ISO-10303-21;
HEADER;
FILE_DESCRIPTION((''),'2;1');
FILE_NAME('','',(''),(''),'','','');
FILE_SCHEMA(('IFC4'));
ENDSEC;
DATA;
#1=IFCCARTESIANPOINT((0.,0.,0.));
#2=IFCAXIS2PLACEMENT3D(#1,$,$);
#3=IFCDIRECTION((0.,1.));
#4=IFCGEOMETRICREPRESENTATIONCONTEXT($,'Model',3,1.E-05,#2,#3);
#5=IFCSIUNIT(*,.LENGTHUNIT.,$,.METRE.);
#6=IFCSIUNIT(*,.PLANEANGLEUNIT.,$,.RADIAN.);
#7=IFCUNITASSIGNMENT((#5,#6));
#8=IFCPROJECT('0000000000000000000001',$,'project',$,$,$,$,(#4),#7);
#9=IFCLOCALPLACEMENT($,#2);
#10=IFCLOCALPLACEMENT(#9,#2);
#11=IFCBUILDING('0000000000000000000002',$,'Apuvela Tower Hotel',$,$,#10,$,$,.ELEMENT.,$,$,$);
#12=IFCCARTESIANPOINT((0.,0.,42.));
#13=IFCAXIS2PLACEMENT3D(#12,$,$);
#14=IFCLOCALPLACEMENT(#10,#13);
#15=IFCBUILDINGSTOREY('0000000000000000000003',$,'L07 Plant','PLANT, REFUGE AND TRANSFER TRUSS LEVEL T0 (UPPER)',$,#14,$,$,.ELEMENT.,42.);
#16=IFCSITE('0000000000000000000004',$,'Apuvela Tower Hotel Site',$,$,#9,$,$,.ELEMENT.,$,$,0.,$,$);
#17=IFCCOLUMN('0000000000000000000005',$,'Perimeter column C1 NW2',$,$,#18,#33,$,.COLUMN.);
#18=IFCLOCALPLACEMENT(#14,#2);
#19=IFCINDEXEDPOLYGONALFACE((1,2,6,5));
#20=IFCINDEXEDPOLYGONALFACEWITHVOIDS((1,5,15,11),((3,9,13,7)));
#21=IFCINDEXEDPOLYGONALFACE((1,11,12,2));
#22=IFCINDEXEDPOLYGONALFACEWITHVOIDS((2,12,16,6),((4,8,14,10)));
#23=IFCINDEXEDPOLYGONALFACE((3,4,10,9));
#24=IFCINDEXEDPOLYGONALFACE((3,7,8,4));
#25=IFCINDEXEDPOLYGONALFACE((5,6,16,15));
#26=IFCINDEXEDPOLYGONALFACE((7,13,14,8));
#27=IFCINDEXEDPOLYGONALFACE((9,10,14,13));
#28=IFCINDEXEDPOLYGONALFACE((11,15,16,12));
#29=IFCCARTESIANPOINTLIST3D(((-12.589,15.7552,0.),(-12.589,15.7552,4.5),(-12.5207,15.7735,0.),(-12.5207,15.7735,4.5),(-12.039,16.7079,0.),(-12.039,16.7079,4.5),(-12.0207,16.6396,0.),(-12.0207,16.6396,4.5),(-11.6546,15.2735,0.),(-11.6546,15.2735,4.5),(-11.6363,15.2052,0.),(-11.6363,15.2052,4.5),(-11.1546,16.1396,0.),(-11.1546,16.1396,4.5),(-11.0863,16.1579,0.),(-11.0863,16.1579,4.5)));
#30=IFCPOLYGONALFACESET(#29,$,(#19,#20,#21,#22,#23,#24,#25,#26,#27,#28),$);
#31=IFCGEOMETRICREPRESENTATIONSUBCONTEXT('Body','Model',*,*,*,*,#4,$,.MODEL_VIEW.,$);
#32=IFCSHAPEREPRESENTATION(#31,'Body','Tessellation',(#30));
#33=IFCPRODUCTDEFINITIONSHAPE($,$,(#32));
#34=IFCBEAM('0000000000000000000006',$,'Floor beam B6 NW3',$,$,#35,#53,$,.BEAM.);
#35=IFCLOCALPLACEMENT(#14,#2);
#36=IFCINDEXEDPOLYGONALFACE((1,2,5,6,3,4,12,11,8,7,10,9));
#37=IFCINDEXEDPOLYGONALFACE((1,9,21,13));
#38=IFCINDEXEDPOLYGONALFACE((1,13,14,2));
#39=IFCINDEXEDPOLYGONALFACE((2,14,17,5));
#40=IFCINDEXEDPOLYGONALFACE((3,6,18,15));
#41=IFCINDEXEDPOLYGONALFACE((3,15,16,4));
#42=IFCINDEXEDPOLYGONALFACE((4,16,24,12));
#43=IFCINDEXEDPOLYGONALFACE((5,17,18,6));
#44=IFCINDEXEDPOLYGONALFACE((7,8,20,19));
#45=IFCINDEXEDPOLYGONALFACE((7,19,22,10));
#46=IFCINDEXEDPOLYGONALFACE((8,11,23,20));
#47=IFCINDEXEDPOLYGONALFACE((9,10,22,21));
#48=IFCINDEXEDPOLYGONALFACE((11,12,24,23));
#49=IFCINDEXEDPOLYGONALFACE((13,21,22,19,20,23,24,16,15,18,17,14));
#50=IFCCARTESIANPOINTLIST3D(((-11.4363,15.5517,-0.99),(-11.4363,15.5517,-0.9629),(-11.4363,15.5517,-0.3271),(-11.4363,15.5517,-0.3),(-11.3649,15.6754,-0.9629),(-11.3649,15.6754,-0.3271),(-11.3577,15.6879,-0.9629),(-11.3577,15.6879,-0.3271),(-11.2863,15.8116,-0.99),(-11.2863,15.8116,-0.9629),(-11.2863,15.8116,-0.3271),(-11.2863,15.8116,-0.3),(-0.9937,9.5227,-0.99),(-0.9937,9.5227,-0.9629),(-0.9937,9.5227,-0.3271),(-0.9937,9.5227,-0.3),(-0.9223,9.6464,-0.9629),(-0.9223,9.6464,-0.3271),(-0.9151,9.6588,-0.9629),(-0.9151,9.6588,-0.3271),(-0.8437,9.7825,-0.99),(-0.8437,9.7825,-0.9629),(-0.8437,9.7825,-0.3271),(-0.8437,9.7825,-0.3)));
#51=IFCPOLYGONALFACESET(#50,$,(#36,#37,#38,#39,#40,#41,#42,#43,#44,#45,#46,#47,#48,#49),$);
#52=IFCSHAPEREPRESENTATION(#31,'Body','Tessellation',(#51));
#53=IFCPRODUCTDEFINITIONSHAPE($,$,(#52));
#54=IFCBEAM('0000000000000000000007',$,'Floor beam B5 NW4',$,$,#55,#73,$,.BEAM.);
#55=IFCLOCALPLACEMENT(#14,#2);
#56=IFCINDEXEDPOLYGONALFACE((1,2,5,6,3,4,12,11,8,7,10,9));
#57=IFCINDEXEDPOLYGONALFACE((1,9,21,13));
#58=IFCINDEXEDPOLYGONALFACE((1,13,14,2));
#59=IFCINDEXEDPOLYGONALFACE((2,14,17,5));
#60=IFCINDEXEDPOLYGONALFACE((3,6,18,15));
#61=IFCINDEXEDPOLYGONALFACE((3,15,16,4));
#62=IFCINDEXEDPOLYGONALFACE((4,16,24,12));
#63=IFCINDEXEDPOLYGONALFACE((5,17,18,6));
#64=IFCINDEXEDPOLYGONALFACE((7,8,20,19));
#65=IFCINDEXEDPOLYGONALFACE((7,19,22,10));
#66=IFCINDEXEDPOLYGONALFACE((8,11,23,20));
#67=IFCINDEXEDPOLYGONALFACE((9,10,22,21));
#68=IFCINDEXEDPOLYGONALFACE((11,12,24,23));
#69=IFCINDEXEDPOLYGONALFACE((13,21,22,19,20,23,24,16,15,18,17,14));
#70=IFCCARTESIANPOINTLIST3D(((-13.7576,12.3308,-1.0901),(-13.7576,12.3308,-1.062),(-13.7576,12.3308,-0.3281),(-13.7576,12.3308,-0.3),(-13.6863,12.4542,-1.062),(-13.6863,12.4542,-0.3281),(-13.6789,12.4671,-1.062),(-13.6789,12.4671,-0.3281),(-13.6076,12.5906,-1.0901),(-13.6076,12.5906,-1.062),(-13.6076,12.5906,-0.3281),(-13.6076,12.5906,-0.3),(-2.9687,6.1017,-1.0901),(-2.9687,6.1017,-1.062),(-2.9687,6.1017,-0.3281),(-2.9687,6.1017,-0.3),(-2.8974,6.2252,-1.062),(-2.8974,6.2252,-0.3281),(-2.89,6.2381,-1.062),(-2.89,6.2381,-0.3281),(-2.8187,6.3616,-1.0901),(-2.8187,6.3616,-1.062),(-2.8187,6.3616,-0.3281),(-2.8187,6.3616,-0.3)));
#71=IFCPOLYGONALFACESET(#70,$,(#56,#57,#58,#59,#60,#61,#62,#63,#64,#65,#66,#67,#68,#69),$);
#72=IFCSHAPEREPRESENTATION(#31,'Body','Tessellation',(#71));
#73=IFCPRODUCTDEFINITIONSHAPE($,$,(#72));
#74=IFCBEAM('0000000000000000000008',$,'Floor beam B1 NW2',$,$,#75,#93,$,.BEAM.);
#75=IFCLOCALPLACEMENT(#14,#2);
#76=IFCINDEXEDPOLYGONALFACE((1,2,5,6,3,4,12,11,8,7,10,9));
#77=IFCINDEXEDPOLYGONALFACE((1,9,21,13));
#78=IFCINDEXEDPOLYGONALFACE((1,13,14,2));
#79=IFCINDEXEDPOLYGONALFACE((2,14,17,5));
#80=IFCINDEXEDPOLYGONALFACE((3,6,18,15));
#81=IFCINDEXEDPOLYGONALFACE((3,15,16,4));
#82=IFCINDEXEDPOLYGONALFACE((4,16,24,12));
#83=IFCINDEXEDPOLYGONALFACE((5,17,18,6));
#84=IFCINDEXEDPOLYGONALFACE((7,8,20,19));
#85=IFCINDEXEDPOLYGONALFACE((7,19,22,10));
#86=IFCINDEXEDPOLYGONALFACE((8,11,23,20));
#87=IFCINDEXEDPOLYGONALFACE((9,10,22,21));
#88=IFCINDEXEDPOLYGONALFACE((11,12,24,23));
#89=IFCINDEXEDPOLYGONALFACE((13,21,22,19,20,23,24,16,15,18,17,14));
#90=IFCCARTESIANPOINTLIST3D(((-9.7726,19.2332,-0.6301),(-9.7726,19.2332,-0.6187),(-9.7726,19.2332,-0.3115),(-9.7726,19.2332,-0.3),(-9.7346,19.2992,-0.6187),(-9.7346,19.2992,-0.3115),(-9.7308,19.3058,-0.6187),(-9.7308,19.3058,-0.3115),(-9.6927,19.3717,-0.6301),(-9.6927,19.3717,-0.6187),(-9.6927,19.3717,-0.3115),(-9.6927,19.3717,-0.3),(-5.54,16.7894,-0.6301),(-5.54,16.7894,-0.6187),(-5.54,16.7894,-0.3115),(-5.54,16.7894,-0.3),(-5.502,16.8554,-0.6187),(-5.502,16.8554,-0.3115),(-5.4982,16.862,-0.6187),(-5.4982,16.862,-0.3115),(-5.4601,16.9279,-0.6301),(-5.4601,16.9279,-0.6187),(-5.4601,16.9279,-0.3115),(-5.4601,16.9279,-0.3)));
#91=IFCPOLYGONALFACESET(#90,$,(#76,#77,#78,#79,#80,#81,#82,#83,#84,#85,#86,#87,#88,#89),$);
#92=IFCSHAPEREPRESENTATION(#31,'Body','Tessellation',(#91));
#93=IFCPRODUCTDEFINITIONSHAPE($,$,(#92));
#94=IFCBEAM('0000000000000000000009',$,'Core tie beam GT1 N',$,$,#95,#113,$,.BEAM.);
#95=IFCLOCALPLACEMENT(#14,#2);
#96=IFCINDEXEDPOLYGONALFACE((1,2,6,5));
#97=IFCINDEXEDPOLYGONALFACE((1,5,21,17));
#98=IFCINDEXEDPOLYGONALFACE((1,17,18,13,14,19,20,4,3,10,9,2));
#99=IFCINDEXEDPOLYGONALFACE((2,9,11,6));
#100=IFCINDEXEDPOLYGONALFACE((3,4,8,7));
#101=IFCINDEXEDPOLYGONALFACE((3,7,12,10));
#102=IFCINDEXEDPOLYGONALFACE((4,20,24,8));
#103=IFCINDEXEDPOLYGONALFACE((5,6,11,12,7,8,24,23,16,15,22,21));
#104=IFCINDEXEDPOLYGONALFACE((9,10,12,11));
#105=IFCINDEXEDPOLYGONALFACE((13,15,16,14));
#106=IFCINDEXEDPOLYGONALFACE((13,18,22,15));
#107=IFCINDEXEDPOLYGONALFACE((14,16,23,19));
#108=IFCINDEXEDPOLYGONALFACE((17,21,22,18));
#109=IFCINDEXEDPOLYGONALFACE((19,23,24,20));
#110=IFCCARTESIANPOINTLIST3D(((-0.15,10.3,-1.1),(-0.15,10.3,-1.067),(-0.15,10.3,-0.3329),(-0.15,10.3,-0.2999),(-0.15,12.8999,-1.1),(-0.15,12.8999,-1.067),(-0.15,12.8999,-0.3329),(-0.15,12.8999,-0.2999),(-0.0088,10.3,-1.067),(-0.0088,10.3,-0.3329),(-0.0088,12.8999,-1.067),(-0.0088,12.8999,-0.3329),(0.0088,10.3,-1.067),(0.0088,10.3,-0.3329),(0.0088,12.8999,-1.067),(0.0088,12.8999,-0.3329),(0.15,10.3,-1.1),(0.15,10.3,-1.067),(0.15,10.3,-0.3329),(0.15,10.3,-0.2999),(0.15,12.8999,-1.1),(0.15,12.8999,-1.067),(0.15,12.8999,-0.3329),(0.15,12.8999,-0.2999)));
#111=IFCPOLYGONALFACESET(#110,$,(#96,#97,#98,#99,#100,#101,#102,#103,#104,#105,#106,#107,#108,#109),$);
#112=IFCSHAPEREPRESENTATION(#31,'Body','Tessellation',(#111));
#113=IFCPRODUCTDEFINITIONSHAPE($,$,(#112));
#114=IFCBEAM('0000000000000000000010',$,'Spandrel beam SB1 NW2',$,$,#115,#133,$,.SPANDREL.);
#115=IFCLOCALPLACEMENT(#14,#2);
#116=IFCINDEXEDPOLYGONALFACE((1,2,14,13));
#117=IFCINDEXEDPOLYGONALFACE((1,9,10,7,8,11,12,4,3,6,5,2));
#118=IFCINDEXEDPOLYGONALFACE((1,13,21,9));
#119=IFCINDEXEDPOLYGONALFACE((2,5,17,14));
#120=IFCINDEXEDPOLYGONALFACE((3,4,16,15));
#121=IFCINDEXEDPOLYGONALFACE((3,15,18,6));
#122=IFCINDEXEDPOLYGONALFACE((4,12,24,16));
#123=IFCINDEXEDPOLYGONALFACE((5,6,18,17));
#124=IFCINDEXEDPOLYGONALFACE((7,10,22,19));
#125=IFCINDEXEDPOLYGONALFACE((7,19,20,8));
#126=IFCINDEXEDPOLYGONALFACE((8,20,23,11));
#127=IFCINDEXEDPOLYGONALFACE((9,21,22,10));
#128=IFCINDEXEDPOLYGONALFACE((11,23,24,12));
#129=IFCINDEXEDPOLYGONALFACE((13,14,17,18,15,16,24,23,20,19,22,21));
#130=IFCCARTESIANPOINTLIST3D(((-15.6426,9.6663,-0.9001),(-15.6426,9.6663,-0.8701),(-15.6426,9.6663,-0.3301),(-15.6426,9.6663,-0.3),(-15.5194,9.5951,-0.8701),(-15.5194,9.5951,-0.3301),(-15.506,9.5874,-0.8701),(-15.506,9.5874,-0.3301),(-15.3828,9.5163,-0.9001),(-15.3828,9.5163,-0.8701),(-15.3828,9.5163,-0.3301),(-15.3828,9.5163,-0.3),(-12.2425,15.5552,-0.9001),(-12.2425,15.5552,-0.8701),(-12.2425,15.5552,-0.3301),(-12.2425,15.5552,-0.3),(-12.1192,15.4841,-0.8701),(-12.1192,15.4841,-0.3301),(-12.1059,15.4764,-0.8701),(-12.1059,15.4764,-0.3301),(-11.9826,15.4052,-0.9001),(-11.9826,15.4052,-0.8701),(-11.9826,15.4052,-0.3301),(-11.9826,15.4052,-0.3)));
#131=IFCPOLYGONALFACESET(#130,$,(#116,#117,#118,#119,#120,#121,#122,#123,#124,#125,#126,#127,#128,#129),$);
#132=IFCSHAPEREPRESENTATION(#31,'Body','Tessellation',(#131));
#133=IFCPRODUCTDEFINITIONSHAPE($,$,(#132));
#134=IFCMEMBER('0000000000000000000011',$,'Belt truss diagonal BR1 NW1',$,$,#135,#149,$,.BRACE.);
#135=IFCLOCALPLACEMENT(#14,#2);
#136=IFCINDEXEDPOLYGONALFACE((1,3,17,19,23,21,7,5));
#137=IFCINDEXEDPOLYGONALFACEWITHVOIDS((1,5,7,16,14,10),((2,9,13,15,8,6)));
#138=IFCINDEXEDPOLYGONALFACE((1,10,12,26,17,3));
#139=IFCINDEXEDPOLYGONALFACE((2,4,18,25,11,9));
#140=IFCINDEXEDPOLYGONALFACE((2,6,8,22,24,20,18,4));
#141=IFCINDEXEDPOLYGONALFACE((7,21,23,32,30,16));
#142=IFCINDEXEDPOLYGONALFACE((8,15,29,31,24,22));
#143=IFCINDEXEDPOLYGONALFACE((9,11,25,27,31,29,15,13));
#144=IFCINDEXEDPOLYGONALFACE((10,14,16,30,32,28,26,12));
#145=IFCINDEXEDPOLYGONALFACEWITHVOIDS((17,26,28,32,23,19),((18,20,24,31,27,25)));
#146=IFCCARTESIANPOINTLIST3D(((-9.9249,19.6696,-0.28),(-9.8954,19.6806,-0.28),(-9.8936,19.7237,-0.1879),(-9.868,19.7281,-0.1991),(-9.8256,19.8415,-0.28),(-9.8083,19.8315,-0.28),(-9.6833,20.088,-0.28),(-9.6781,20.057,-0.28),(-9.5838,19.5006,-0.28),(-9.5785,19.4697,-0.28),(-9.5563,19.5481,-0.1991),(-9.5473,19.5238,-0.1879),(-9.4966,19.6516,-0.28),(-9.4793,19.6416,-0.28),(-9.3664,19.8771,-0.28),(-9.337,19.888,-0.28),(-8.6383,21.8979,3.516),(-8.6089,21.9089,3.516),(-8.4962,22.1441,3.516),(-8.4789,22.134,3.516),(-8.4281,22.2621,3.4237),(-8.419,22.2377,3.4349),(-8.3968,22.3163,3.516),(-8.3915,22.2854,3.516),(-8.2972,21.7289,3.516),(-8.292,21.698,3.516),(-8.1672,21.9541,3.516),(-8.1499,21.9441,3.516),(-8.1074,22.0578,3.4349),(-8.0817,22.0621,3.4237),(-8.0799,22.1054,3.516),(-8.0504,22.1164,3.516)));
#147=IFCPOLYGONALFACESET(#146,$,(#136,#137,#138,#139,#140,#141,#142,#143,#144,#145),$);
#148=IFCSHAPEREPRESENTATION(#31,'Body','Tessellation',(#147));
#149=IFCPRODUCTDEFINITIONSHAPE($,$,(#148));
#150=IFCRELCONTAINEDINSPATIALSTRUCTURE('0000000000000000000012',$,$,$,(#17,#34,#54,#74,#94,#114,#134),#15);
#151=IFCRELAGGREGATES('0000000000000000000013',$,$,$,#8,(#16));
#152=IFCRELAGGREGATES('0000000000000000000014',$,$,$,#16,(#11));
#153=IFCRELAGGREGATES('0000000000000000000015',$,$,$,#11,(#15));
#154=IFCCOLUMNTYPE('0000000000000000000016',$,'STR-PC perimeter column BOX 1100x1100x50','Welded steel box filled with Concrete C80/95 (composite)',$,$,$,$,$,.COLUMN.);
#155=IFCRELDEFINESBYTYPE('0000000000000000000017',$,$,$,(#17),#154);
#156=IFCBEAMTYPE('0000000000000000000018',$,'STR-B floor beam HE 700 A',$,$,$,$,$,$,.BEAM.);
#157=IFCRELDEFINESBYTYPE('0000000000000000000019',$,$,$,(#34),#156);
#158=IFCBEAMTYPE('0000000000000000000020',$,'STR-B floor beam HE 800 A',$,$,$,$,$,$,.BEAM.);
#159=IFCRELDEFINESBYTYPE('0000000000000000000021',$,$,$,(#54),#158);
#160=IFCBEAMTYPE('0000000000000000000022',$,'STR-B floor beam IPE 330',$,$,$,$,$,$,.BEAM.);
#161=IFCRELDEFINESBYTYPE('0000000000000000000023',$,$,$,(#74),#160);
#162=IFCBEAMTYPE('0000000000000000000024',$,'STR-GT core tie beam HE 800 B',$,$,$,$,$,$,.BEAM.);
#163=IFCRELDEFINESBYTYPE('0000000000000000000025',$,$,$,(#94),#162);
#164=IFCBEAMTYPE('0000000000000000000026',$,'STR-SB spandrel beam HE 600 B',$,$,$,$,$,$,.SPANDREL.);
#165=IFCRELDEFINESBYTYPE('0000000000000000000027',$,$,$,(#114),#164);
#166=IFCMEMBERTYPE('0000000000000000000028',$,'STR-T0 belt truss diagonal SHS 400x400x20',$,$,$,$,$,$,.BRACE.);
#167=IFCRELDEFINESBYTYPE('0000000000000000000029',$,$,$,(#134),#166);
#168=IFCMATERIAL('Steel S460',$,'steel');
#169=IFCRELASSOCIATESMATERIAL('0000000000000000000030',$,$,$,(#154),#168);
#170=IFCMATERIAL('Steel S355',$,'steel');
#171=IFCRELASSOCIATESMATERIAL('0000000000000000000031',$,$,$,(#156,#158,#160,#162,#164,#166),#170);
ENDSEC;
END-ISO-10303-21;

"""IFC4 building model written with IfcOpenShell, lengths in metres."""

from ifc_helpers import new_model, si_unit, direction, frame, origin, origin_2d, place, context, subcontext, project, spatial, rectangle, hollow_rectangle, i_section, extrude, boolean, halfspace, material, material_profile, profile_set, type_object, element, save


model = new_model("IFC4")

# Units and contexts
model_context = context("Model", 3, precision=1e-05, world=origin(), true_north=direction((0.0, 1.0)))
body_context = subcontext(model_context, "Body", "Model", "MODEL_VIEW")
ifc_project = project(units=[si_unit("LENGTHUNIT", "METRE"), si_unit("PLANEANGLEUNIT", "RADIAN")], contexts=[model_context])

# Site, building, storey
site_placement = place(None, origin())
site = spatial("IfcSite", under=ifc_project, at=site_placement, Name="Apuvela Tower Hotel Site", CompositionType="ELEMENT", RefElevation=0.0)
building_placement = place(site_placement, origin())
building = spatial("IfcBuilding", under=site, at=building_placement, Name="Apuvela Tower Hotel", CompositionType="ELEMENT")
storey_placement = place(building_placement, frame((0.0, 0.0, 42.0)))
storey = spatial("IfcBuildingStorey", under=building, at=storey_placement, Name="L07 Plant", Description="PLANT, REFUGE AND TRANSFER TRUSS LEVEL T0 (UPPER)", CompositionType="ELEMENT", Elevation=42.0)

# Column
ifc_material_1 = material(Name="Steel S460", Category="steel")
ifc_material_profile_1 = material_profile(ifc_material_1, hollow_rectangle(XDim=1.1001, YDim=1.1001, WallThickness=0.05, at=origin_2d()), Name="BOX 1100x1100x50")
ifc_material_2 = material(Name="Concrete C80/95", Category="concrete")
ifc_material_profile_2 = material_profile(ifc_material_2, rectangle(XDim=1.0, YDim=1.0, at=origin_2d()), Name="Concrete C80/95 infill")
ifc_profile_set_1 = profile_set([ifc_material_profile_1, ifc_material_profile_2], Name="Steel S460")
column_type = type_object("IfcColumnType", Name="STR-PC perimeter column BOX 1100x1100x50", Description="Welded steel box filled with Concrete C80/95 (composite)", PredefinedType="COLUMN", material=ifc_profile_set_1)
column_placement = place(storey_placement, frame((-11.8376, 15.9565, 0.0), z_axis=(0.0, 0.0, 1.0), x_axis=(0.5, 0.866025, 0.0)))
element("IfcColumn", 1, at=column_placement, inside=storey, type_object=column_type, Name="Perimeter column C1 NW2", PredefinedType="COLUMN", context=body_context, shape_type="SweptSolid", body=[
    extrude(hollow_rectangle(XDim=1.1001, YDim=1.1001, WallThickness=0.05, at=origin_2d()), origin(), (0.0, 0.0, 1.0), 4.5),
])

# Beams
ifc_material_3 = material(Name="Steel S355", Category="steel")
ifc_material_profile_3 = material_profile(ifc_material_3, i_section(OverallWidth=0.3, OverallDepth=0.6899, WebThickness=0.0144, FlangeThickness=0.0271, at=origin_2d()), Name="HE 700 A")
ifc_profile_set_2 = profile_set([ifc_material_profile_3], Name="Steel S355")
beam_type_1 = type_object("IfcBeamType", Name="STR-B floor beam HE 700 A", PredefinedType="BEAM", material=ifc_profile_set_2)
beam_1_placement = place(storey_placement, frame((-11.3613, 15.6816, -0.645), z_axis=(0.866025, -0.5, 0.0), x_axis=(0.5, 0.866025, 0.0)))
element("IfcBeam", 2, at=beam_1_placement, inside=storey, type_object=beam_type_1, Name="Floor beam B6 NW3", PredefinedType="BEAM", context=body_context, shape_type="SweptSolid", body=[
    extrude(i_section(OverallWidth=0.3, OverallDepth=0.6899, WebThickness=0.0144, FlangeThickness=0.0271, at=origin_2d()), origin(), (0.0, 0.0, 1.0), 12.0581),
])
ifc_material_profile_4 = material_profile(ifc_material_3, i_section(OverallWidth=0.3, OverallDepth=0.79, WebThickness=0.0149, FlangeThickness=0.0281, at=origin_2d()), Name="HE 800 A")
ifc_profile_set_3 = profile_set([ifc_material_profile_4], Name="Steel S355")
beam_type_2 = type_object("IfcBeamType", Name="STR-B floor beam HE 800 A", PredefinedType="BEAM", material=ifc_profile_set_3)
beam_2_placement = place(storey_placement, frame((-13.6826, 12.4607, -0.6951), z_axis=(0.866023, -0.500005, 0.0), x_axis=(0.500005, 0.866023, 0.0)))
element("IfcBeam", 3, at=beam_2_placement, inside=storey, type_object=beam_type_2, Name="Floor beam B5 NW4", PredefinedType="BEAM", context=body_context, shape_type="SweptSolid", body=[
    extrude(i_section(OverallWidth=0.3, OverallDepth=0.79, WebThickness=0.0149, FlangeThickness=0.0281, at=origin_2d()), origin(), (0.0, 0.0, 1.0), 12.458),
])
ifc_material_profile_5 = material_profile(ifc_material_3, i_section(OverallWidth=0.1599, OverallDepth=0.3301, WebThickness=0.0076, FlangeThickness=0.0115, at=origin_2d()), Name="IPE 330")
ifc_profile_set_4 = profile_set([ifc_material_profile_5], Name="Steel S355")
beam_type_3 = type_object("IfcBeamType", Name="STR-B floor beam IPE 330", PredefinedType="BEAM", material=ifc_profile_set_4)
beam_3_placement = place(storey_placement, frame((-9.7327, 19.3025, -0.4651), z_axis=(0.866015, -0.500018, 0.0), x_axis=(0.500018, 0.866015, 0.0)))
element("IfcBeam", 4, at=beam_3_placement, inside=storey, type_object=beam_type_3, Name="Floor beam B1 NW2", PredefinedType="BEAM", context=body_context, shape_type="SweptSolid", body=[
    extrude(i_section(OverallWidth=0.1599, OverallDepth=0.3301, WebThickness=0.0076, FlangeThickness=0.0115, at=origin_2d()), origin(), (0.0, 0.0, 1.0), 4.8875),
])
ifc_material_profile_6 = material_profile(ifc_material_3, i_section(OverallWidth=0.3, OverallDepth=0.8, WebThickness=0.0176, FlangeThickness=0.033, at=origin_2d()), Name="HE 800 B")
ifc_profile_set_5 = profile_set([ifc_material_profile_6], Name="Steel S355")
beam_type_4 = type_object("IfcBeamType", Name="STR-GT core tie beam HE 800 B", PredefinedType="BEAM", material=ifc_profile_set_5)
beam_4_placement = place(storey_placement, frame((0.0, 12.8999, -0.7), z_axis=(0.0, -1.0, 0.0), x_axis=(1.0, 0.0, 0.0)))
element("IfcBeam", 5, at=beam_4_placement, inside=storey, type_object=beam_type_4, Name="Core tie beam GT1 N", PredefinedType="BEAM", context=body_context, shape_type="SweptSolid", body=[
    extrude(i_section(OverallWidth=0.3, OverallDepth=0.8, WebThickness=0.0176, FlangeThickness=0.033, at=origin_2d()), origin(), (0.0, 0.0, 1.0), 2.5999),
])
ifc_material_profile_7 = material_profile(ifc_material_3, i_section(OverallWidth=0.3, OverallDepth=0.6001, WebThickness=0.0154, FlangeThickness=0.03, at=origin_2d()), Name="HE 600 B")
ifc_profile_set_6 = profile_set([ifc_material_profile_7], Name="Steel S355")
beam_type_5 = type_object("IfcBeamType", Name="STR-SB spandrel beam HE 600 B", PredefinedType="SPANDREL", material=ifc_profile_set_6)
beam_5_placement = place(storey_placement, frame((-12.1125, 15.4802, -0.6001), z_axis=(-0.50002, -0.866014, 0.0), x_axis=(0.866014, -0.50002, 0.0)))
element("IfcBeam", 6, at=beam_5_placement, inside=storey, type_object=beam_type_5, Name="Spandrel beam SB1 NW2", PredefinedType="SPANDREL", context=body_context, shape_type="SweptSolid", body=[
    extrude(i_section(OverallWidth=0.3, OverallDepth=0.6001, WebThickness=0.0154, FlangeThickness=0.03, at=origin_2d()), origin(), (0.0, 0.0, 1.0), 6.8),
])

# Member
ifc_material_profile_8 = material_profile(ifc_material_3, hollow_rectangle(XDim=0.3999, YDim=0.3999, WallThickness=0.02, at=origin_2d()), Name="SHS 400x400x20")
ifc_profile_set_7 = profile_set([ifc_material_profile_8], Name="Steel S355")
member_type = type_object("IfcMemberType", Name="STR-T0 belt truss diagonal SHS 400x400x20", PredefinedType="BRACE", material=ifc_profile_set_7)
member_1_placement = place(storey_placement, frame((-9.6377, 19.7671, -0.3), z_axis=(0.280541, 0.485902, 0.827766), x_axis=(-0.413889, -0.716863, 0.561073)))
solid_1 = boolean("DIFFERENCE", boolean("DIFFERENCE", extrude(hollow_rectangle(XDim=0.3999, YDim=0.3999, WallThickness=0.02, at=origin_2d()), frame((0.0, 0.0, -0.2556)), (0.0, 0.0, 1.0), 5.1453), halfspace(frame((0.0, 0.0, 0.0242), z_axis=(0.561073, 0.0, 0.827766), x_axis=(0.827766, 0.0, -0.561073)), True)), halfspace(frame((0.0, 0.0, 4.6101), z_axis=(0.561073, 0.0, 0.827766), x_axis=(0.827766, 0.0, -0.561073)), False))
element("IfcMember", 7, at=member_1_placement, inside=storey, type_object=member_type, Name="Belt truss diagonal BR1 NW1", PredefinedType="BRACE", context=body_context, shape_type="SweptSolid", body=[
    boolean("UNION", boolean("DIFFERENCE", boolean("DIFFERENCE", extrude(hollow_rectangle(XDim=0.3999, YDim=0.3999, WallThickness=0.02, at=origin_2d()), origin(), (0.0, 0.0, 1.0), 4.634), halfspace(frame((0.0, 0.0, 0.0242), z_axis=(0.561073, 0.0, 0.827766), x_axis=(0.827766, 0.0, -0.561073)), True)), halfspace(frame((0.0, 0.0, 4.6101), z_axis=(0.561073, 0.0, 0.827766), x_axis=(0.827766, 0.0, -0.561073)), False)), solid_1),
])

save(model, "model.ifc")
